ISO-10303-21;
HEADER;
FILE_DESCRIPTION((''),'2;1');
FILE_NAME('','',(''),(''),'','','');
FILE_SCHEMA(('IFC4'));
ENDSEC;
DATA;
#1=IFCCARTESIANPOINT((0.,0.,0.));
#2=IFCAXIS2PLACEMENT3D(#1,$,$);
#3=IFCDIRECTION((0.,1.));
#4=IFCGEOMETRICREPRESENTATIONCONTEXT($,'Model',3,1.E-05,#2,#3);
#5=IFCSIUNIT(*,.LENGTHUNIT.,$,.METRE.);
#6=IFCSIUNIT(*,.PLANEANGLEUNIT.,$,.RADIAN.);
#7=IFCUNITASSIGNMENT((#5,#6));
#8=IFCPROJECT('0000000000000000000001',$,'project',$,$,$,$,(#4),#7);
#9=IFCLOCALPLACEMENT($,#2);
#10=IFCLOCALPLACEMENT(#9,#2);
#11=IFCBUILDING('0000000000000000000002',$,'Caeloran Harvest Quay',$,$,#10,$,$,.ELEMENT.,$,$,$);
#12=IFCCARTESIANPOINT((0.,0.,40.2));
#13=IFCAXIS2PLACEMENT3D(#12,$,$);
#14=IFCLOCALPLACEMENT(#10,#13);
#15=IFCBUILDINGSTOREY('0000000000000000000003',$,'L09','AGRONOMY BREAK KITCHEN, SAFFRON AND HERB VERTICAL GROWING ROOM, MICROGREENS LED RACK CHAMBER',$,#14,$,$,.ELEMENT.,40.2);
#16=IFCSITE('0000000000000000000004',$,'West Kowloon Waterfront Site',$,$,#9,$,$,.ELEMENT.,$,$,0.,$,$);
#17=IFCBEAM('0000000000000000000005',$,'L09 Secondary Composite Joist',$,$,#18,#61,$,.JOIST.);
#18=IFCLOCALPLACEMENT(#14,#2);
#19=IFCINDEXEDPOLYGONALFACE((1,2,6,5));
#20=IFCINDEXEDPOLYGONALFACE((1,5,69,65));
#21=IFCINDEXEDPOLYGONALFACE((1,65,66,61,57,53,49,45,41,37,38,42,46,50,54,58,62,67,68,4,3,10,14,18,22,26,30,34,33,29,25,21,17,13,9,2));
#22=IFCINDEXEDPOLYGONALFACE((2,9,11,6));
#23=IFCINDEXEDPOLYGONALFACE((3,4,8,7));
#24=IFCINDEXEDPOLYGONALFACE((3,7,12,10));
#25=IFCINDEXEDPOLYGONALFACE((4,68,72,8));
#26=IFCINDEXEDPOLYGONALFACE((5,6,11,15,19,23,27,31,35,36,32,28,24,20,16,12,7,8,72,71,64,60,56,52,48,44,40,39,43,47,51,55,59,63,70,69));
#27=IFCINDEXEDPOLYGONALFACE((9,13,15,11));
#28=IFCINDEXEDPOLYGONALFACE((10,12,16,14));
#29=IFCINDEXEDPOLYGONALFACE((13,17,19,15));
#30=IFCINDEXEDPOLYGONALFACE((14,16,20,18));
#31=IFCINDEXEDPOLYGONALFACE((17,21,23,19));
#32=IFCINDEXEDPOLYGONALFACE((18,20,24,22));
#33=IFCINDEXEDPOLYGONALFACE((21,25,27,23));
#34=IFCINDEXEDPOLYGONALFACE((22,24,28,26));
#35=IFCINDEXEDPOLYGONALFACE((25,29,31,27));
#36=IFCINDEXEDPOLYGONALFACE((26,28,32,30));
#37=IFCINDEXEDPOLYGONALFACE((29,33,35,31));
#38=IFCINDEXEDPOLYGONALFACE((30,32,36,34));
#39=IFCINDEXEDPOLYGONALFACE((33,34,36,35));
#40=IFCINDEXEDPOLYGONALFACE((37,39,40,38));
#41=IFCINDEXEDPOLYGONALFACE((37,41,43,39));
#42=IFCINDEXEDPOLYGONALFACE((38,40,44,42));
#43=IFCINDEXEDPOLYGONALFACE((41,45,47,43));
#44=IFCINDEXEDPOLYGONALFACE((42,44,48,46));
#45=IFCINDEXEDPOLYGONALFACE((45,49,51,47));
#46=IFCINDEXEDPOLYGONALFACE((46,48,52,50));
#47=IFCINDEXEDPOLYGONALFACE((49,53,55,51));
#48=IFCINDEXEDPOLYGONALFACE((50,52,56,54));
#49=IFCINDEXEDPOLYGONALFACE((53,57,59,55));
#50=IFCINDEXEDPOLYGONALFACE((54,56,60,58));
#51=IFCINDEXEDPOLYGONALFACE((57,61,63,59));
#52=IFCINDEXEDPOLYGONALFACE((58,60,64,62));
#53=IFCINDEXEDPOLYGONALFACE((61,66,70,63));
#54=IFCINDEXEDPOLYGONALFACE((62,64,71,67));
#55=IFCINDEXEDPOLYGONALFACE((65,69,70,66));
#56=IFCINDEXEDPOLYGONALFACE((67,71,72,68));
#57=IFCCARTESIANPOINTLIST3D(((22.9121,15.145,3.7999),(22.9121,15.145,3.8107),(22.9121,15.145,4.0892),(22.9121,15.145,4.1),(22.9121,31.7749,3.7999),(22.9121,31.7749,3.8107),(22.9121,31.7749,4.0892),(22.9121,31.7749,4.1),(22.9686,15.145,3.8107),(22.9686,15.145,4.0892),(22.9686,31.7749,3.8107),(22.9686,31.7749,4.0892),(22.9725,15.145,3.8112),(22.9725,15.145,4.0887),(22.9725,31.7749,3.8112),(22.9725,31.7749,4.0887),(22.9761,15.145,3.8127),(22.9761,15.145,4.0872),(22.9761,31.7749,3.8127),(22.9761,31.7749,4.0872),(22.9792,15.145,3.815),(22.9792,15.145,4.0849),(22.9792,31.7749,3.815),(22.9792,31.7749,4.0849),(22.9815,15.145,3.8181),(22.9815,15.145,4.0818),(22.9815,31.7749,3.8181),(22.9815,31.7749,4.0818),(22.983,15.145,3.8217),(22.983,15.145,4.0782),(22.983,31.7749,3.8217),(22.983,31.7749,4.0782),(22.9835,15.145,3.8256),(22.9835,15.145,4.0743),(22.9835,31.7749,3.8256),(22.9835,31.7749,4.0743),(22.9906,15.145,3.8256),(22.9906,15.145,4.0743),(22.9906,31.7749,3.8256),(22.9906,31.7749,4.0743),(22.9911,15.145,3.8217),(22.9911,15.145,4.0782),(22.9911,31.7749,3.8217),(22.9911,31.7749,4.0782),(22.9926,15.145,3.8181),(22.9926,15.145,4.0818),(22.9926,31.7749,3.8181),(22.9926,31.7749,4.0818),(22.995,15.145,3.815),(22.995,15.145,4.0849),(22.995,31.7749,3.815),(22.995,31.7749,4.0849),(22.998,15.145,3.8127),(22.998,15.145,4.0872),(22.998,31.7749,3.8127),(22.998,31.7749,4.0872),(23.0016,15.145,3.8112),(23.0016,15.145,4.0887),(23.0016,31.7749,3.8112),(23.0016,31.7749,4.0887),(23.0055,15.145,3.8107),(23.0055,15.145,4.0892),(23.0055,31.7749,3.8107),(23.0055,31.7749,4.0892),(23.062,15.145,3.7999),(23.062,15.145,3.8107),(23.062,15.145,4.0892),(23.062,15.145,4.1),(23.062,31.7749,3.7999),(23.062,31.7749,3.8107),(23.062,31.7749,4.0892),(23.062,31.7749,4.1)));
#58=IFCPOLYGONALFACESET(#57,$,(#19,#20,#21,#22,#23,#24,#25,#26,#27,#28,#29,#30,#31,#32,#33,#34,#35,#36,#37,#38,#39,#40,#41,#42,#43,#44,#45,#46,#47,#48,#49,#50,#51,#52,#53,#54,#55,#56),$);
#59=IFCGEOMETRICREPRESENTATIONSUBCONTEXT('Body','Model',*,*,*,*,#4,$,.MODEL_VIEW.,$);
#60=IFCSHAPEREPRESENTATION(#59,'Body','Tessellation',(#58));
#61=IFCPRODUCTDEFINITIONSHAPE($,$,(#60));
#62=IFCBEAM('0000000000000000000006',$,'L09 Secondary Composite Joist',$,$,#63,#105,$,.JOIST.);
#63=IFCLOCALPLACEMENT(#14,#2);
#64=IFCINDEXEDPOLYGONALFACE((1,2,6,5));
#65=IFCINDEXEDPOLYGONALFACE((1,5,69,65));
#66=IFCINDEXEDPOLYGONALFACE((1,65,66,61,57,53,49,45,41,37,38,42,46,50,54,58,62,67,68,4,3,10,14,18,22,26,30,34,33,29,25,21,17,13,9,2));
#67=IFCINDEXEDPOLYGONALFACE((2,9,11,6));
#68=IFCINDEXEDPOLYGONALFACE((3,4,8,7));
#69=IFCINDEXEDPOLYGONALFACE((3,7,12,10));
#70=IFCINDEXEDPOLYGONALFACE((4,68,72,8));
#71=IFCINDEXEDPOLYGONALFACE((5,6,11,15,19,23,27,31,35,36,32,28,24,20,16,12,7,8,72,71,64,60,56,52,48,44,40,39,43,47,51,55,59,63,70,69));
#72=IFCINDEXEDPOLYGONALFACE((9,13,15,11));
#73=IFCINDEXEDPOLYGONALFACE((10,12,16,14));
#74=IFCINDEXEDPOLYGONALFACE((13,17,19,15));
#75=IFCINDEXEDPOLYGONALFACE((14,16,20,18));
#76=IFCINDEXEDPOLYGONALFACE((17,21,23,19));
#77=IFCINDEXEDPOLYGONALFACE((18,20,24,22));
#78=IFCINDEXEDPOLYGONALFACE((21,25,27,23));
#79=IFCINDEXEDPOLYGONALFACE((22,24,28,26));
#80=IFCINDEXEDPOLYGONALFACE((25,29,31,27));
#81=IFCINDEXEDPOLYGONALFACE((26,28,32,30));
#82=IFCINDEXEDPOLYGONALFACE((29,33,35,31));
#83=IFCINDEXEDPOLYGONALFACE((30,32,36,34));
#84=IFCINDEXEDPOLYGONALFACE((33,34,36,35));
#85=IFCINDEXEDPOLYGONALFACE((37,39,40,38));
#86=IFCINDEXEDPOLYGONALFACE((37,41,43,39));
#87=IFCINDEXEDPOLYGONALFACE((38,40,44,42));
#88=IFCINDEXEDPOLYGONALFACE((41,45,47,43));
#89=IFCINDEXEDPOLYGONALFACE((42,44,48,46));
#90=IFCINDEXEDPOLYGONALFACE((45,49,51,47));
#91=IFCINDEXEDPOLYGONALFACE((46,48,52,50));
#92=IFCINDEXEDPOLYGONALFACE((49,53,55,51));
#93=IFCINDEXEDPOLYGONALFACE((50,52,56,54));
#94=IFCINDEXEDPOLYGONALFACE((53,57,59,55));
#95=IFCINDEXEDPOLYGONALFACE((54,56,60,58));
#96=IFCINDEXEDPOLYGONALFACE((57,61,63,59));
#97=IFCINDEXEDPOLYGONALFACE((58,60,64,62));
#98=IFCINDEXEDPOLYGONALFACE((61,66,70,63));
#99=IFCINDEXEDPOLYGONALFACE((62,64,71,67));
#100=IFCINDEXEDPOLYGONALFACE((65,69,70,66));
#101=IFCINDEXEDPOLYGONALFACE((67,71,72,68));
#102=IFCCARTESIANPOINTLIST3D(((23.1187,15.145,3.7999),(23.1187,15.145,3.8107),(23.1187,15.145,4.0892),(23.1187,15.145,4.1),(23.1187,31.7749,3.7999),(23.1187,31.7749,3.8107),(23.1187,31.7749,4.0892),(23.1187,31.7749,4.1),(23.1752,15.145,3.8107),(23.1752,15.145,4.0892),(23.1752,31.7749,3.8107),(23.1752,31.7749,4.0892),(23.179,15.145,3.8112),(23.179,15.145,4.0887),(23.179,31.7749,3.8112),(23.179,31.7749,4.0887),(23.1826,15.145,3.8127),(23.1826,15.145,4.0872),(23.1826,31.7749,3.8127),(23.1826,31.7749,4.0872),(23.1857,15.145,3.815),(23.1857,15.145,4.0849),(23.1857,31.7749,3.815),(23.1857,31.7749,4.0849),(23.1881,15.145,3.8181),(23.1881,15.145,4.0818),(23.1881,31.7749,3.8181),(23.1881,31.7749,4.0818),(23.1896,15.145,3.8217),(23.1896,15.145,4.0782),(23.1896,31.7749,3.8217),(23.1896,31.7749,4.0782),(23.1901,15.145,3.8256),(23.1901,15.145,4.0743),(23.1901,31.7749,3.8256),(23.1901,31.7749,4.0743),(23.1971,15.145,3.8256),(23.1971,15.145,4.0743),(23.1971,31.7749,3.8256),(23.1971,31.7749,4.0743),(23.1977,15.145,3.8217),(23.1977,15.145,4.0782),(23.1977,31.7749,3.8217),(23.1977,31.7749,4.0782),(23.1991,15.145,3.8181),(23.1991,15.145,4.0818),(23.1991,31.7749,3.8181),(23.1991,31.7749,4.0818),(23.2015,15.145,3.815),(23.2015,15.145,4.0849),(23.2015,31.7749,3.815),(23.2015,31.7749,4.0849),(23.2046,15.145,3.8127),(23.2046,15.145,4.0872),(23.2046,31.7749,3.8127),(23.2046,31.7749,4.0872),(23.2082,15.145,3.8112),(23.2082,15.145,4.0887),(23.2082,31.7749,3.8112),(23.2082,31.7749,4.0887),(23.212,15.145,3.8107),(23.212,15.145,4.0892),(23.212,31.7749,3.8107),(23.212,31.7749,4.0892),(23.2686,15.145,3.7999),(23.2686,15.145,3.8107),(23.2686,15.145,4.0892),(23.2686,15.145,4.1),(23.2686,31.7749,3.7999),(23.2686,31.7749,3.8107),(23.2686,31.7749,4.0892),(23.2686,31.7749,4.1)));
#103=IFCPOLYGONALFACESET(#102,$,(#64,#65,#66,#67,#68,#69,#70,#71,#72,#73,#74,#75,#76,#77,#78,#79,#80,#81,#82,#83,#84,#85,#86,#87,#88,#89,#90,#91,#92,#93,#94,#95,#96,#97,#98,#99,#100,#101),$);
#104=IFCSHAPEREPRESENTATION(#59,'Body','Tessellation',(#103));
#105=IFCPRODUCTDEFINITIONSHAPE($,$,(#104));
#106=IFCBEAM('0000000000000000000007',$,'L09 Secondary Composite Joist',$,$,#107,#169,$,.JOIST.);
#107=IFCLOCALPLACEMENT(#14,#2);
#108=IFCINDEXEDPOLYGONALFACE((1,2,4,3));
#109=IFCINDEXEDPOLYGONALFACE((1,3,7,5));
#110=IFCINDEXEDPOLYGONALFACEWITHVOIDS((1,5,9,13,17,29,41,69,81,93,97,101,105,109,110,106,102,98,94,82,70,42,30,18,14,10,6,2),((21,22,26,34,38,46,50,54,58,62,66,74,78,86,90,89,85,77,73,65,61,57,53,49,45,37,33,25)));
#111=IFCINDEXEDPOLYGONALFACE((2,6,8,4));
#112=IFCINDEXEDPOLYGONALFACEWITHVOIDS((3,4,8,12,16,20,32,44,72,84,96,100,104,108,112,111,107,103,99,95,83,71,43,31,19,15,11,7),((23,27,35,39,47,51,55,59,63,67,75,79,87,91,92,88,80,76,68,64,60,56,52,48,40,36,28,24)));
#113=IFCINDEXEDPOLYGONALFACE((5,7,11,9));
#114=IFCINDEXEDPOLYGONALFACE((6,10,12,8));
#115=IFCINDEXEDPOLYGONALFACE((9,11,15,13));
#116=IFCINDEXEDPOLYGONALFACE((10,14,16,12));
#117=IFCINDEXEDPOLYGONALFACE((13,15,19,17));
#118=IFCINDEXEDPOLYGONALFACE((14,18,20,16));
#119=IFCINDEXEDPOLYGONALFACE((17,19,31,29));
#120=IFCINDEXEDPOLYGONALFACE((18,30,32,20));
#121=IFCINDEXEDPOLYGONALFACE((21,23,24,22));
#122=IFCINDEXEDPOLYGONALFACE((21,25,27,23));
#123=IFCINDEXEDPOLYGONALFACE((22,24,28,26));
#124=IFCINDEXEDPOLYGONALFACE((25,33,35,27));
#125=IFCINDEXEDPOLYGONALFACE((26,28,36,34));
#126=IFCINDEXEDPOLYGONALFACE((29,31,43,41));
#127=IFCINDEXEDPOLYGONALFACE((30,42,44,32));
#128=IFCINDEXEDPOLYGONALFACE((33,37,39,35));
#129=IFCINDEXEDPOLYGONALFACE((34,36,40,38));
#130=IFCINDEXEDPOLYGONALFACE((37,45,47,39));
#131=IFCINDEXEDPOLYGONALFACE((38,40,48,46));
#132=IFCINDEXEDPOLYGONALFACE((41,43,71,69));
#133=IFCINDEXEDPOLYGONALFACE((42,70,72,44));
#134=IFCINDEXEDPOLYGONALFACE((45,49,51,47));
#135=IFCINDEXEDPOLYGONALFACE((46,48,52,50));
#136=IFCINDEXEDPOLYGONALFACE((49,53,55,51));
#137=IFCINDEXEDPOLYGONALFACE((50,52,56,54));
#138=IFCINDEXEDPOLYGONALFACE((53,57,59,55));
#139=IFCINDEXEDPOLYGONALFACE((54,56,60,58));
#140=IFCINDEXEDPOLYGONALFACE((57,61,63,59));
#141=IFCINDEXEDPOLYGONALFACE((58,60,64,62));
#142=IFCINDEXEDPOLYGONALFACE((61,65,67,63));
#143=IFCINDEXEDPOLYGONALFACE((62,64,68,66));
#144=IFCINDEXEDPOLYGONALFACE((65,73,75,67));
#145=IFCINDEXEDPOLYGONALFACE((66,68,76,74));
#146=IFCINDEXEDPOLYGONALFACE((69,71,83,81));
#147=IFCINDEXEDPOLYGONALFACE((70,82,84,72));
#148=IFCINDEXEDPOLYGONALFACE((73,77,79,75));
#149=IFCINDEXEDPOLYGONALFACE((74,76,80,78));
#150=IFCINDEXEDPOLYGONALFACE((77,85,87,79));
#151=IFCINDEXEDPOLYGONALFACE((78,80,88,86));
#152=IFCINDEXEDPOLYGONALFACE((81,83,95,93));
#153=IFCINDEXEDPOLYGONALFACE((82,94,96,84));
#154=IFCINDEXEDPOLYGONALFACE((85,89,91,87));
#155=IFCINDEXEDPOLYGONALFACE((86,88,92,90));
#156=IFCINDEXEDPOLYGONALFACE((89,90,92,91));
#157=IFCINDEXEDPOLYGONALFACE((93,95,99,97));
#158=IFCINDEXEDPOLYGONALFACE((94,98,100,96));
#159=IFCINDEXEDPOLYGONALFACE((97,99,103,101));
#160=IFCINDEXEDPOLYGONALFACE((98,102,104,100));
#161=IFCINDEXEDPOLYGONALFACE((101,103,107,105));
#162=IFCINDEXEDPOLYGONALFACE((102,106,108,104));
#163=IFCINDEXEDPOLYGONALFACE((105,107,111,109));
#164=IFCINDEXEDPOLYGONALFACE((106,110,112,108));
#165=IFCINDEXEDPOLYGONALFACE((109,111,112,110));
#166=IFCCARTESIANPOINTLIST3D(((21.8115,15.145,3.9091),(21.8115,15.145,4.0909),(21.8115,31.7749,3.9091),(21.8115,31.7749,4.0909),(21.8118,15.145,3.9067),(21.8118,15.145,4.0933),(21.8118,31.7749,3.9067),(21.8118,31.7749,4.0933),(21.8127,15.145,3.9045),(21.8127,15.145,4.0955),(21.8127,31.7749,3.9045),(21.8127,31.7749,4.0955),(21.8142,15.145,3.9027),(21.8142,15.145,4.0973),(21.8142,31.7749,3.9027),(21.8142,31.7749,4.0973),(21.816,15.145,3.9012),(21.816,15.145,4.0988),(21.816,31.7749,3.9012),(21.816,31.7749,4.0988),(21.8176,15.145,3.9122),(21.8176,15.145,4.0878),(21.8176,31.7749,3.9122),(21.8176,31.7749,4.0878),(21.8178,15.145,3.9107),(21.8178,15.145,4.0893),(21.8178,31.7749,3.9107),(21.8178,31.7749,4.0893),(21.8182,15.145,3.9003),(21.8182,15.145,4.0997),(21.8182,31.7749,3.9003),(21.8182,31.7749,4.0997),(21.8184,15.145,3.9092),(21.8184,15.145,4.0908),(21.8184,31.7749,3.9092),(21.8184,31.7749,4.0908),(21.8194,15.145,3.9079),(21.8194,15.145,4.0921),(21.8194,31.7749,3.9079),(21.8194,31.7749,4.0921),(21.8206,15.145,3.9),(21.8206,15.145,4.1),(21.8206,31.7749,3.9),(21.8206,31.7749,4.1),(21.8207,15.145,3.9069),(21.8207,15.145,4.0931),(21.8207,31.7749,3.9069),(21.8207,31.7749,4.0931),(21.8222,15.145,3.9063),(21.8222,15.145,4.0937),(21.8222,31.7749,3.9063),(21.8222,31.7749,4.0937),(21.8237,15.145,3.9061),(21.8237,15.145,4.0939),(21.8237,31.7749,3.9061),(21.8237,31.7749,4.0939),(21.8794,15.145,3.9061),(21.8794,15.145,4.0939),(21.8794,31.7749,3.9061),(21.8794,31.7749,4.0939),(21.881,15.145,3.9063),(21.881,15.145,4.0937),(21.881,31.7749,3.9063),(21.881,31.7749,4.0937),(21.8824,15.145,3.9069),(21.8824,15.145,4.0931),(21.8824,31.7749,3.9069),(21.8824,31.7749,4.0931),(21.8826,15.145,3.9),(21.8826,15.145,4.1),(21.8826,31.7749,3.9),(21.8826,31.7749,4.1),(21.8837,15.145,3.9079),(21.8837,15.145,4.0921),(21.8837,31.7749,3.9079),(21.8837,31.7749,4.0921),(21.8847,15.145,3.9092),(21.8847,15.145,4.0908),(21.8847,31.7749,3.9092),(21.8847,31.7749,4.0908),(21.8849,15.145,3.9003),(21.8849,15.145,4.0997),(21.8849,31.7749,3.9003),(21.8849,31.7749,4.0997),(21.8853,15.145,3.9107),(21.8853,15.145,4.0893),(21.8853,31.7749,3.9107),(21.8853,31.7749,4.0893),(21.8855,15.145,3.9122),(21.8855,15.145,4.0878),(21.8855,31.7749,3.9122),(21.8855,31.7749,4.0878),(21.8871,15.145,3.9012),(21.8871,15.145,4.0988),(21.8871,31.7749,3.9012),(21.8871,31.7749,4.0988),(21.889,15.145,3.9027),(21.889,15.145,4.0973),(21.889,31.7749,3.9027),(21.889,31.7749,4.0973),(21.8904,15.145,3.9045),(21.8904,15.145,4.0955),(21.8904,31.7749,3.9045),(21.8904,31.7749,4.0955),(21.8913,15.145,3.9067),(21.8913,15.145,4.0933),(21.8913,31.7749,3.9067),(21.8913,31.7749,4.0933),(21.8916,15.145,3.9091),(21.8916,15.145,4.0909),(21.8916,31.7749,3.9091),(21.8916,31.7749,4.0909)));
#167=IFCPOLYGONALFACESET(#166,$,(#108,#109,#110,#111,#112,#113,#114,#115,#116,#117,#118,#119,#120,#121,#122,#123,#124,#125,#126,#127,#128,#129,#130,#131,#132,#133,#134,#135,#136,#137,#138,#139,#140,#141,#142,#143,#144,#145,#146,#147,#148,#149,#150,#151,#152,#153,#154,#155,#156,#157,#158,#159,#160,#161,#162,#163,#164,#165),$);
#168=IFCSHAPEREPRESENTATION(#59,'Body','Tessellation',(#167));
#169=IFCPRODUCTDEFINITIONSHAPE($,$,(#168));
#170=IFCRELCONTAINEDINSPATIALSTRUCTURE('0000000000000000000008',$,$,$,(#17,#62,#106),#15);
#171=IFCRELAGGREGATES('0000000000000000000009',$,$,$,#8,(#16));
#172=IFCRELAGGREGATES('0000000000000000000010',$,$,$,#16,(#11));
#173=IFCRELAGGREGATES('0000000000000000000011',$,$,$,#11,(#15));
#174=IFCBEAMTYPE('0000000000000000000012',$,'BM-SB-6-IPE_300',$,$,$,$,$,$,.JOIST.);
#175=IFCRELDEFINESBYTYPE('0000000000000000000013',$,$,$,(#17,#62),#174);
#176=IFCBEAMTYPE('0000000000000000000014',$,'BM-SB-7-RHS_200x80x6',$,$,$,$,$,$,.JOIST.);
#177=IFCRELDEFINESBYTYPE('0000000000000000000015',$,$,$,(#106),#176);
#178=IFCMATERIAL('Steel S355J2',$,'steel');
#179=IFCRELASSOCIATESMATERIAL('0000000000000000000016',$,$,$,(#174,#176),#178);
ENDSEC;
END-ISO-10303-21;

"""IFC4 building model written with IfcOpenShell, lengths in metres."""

from ifc_helpers import new_model, si_unit, direction, frame, origin, origin_2d, place, context, subcontext, project, spatial, hollow_rectangle, i_section, extrude, material, material_profile, profile_set, type_object, element, save


model = new_model("IFC4")

# Units and contexts
model_context = context("Model", 3, precision=1e-05, world=origin(), true_north=direction((0.0, 1.0)))
body_context = subcontext(model_context, "Body", "Model", "MODEL_VIEW")
ifc_project = project(units=[si_unit("LENGTHUNIT", "METRE"), si_unit("PLANEANGLEUNIT", "RADIAN")], contexts=[model_context])

# Site, building, storey
site_placement = place(None, origin())
site = spatial("IfcSite", under=ifc_project, at=site_placement, Name="West Kowloon Waterfront Site", CompositionType="ELEMENT", RefElevation=0.0)
building_placement = place(site_placement, origin())
building = spatial("IfcBuilding", under=site, at=building_placement, Name="Caeloran Harvest Quay", CompositionType="ELEMENT")
storey_placement = place(building_placement, frame((0.0, 0.0, 40.2)))
storey = spatial("IfcBuildingStorey", under=building, at=storey_placement, Name="L09", Description="AGRONOMY BREAK KITCHEN, SAFFRON AND HERB VERTICAL GROWING ROOM, MICROGREENS LED RACK CHAMBER", CompositionType="ELEMENT", Elevation=40.2)

# Beams
ifc_material_1 = material(Name="Steel S355J2", Category="steel")
ifc_material_profile_1 = material_profile(ifc_material_1, i_section(OverallWidth=0.1499, OverallDepth=0.3, WebThickness=0.0071, FlangeThickness=0.0107, FilletRadius=0.0149, at=origin_2d()), Name="IPE 300")
ifc_profile_set_1 = profile_set([ifc_material_profile_1], Name="Steel S355J2")
beam_type_1 = type_object("IfcBeamType", Name="BM-SB-6-IPE_300", PredefinedType="JOIST", material=ifc_profile_set_1)
for number, where, z_axis, x_axis, name in (
    (1, (22.9871, 15.145, 3.95), (0.0, 1.0, 0.0), (-1.0, 0.0, 0.0), "L09 Secondary Composite Joist"),
    (2, (23.1936, 15.145, 3.95), (0.0, 1.0, 0.0), (-1.0, 0.0, 0.0), "L09 Secondary Composite Joist"),
):
    element("IfcBeam", number, at=place(storey_placement, frame(where, z_axis=z_axis, x_axis=x_axis)), inside=storey, type_object=beam_type_1, Name=name, PredefinedType="JOIST", context=body_context, shape_type="SweptSolid", body=[
        extrude(i_section(OverallWidth=0.1499, OverallDepth=0.3, WebThickness=0.0071, FlangeThickness=0.0107, FilletRadius=0.0149, at=origin_2d()), origin(), (0.0, 0.0, 1.0), 16.6299),
    ])
ifc_material_profile_2 = material_profile(ifc_material_1, hollow_rectangle(XDim=0.0801, YDim=0.2, WallThickness=0.0061, InnerFilletRadius=0.0061, OuterFilletRadius=0.009, at=origin_2d()), Name="RHS 200x80x6")
ifc_profile_set_2 = profile_set([ifc_material_profile_2], Name="Steel S355J2")
beam_type_2 = type_object("IfcBeamType", Name="BM-SB-7-RHS_200x80x6", PredefinedType="JOIST", material=ifc_profile_set_2)
for number, where, z_axis, x_axis, name in (
    (3, (21.8516, 15.145, 4.0), (0.0, 1.0, 0.0), (-1.0, 0.0, 0.0), "L09 Secondary Composite Joist"),
):
    element("IfcBeam", number, at=place(storey_placement, frame(where, z_axis=z_axis, x_axis=x_axis)), inside=storey, type_object=beam_type_2, Name=name, PredefinedType="JOIST", context=body_context, shape_type="SweptSolid", body=[
        extrude(hollow_rectangle(XDim=0.0801, YDim=0.2, WallThickness=0.0061, InnerFilletRadius=0.0061, OuterFilletRadius=0.009, at=origin_2d()), origin(), (0.0, 0.0, 1.0), 16.6299),
    ])

save(model, "model.ifc")
